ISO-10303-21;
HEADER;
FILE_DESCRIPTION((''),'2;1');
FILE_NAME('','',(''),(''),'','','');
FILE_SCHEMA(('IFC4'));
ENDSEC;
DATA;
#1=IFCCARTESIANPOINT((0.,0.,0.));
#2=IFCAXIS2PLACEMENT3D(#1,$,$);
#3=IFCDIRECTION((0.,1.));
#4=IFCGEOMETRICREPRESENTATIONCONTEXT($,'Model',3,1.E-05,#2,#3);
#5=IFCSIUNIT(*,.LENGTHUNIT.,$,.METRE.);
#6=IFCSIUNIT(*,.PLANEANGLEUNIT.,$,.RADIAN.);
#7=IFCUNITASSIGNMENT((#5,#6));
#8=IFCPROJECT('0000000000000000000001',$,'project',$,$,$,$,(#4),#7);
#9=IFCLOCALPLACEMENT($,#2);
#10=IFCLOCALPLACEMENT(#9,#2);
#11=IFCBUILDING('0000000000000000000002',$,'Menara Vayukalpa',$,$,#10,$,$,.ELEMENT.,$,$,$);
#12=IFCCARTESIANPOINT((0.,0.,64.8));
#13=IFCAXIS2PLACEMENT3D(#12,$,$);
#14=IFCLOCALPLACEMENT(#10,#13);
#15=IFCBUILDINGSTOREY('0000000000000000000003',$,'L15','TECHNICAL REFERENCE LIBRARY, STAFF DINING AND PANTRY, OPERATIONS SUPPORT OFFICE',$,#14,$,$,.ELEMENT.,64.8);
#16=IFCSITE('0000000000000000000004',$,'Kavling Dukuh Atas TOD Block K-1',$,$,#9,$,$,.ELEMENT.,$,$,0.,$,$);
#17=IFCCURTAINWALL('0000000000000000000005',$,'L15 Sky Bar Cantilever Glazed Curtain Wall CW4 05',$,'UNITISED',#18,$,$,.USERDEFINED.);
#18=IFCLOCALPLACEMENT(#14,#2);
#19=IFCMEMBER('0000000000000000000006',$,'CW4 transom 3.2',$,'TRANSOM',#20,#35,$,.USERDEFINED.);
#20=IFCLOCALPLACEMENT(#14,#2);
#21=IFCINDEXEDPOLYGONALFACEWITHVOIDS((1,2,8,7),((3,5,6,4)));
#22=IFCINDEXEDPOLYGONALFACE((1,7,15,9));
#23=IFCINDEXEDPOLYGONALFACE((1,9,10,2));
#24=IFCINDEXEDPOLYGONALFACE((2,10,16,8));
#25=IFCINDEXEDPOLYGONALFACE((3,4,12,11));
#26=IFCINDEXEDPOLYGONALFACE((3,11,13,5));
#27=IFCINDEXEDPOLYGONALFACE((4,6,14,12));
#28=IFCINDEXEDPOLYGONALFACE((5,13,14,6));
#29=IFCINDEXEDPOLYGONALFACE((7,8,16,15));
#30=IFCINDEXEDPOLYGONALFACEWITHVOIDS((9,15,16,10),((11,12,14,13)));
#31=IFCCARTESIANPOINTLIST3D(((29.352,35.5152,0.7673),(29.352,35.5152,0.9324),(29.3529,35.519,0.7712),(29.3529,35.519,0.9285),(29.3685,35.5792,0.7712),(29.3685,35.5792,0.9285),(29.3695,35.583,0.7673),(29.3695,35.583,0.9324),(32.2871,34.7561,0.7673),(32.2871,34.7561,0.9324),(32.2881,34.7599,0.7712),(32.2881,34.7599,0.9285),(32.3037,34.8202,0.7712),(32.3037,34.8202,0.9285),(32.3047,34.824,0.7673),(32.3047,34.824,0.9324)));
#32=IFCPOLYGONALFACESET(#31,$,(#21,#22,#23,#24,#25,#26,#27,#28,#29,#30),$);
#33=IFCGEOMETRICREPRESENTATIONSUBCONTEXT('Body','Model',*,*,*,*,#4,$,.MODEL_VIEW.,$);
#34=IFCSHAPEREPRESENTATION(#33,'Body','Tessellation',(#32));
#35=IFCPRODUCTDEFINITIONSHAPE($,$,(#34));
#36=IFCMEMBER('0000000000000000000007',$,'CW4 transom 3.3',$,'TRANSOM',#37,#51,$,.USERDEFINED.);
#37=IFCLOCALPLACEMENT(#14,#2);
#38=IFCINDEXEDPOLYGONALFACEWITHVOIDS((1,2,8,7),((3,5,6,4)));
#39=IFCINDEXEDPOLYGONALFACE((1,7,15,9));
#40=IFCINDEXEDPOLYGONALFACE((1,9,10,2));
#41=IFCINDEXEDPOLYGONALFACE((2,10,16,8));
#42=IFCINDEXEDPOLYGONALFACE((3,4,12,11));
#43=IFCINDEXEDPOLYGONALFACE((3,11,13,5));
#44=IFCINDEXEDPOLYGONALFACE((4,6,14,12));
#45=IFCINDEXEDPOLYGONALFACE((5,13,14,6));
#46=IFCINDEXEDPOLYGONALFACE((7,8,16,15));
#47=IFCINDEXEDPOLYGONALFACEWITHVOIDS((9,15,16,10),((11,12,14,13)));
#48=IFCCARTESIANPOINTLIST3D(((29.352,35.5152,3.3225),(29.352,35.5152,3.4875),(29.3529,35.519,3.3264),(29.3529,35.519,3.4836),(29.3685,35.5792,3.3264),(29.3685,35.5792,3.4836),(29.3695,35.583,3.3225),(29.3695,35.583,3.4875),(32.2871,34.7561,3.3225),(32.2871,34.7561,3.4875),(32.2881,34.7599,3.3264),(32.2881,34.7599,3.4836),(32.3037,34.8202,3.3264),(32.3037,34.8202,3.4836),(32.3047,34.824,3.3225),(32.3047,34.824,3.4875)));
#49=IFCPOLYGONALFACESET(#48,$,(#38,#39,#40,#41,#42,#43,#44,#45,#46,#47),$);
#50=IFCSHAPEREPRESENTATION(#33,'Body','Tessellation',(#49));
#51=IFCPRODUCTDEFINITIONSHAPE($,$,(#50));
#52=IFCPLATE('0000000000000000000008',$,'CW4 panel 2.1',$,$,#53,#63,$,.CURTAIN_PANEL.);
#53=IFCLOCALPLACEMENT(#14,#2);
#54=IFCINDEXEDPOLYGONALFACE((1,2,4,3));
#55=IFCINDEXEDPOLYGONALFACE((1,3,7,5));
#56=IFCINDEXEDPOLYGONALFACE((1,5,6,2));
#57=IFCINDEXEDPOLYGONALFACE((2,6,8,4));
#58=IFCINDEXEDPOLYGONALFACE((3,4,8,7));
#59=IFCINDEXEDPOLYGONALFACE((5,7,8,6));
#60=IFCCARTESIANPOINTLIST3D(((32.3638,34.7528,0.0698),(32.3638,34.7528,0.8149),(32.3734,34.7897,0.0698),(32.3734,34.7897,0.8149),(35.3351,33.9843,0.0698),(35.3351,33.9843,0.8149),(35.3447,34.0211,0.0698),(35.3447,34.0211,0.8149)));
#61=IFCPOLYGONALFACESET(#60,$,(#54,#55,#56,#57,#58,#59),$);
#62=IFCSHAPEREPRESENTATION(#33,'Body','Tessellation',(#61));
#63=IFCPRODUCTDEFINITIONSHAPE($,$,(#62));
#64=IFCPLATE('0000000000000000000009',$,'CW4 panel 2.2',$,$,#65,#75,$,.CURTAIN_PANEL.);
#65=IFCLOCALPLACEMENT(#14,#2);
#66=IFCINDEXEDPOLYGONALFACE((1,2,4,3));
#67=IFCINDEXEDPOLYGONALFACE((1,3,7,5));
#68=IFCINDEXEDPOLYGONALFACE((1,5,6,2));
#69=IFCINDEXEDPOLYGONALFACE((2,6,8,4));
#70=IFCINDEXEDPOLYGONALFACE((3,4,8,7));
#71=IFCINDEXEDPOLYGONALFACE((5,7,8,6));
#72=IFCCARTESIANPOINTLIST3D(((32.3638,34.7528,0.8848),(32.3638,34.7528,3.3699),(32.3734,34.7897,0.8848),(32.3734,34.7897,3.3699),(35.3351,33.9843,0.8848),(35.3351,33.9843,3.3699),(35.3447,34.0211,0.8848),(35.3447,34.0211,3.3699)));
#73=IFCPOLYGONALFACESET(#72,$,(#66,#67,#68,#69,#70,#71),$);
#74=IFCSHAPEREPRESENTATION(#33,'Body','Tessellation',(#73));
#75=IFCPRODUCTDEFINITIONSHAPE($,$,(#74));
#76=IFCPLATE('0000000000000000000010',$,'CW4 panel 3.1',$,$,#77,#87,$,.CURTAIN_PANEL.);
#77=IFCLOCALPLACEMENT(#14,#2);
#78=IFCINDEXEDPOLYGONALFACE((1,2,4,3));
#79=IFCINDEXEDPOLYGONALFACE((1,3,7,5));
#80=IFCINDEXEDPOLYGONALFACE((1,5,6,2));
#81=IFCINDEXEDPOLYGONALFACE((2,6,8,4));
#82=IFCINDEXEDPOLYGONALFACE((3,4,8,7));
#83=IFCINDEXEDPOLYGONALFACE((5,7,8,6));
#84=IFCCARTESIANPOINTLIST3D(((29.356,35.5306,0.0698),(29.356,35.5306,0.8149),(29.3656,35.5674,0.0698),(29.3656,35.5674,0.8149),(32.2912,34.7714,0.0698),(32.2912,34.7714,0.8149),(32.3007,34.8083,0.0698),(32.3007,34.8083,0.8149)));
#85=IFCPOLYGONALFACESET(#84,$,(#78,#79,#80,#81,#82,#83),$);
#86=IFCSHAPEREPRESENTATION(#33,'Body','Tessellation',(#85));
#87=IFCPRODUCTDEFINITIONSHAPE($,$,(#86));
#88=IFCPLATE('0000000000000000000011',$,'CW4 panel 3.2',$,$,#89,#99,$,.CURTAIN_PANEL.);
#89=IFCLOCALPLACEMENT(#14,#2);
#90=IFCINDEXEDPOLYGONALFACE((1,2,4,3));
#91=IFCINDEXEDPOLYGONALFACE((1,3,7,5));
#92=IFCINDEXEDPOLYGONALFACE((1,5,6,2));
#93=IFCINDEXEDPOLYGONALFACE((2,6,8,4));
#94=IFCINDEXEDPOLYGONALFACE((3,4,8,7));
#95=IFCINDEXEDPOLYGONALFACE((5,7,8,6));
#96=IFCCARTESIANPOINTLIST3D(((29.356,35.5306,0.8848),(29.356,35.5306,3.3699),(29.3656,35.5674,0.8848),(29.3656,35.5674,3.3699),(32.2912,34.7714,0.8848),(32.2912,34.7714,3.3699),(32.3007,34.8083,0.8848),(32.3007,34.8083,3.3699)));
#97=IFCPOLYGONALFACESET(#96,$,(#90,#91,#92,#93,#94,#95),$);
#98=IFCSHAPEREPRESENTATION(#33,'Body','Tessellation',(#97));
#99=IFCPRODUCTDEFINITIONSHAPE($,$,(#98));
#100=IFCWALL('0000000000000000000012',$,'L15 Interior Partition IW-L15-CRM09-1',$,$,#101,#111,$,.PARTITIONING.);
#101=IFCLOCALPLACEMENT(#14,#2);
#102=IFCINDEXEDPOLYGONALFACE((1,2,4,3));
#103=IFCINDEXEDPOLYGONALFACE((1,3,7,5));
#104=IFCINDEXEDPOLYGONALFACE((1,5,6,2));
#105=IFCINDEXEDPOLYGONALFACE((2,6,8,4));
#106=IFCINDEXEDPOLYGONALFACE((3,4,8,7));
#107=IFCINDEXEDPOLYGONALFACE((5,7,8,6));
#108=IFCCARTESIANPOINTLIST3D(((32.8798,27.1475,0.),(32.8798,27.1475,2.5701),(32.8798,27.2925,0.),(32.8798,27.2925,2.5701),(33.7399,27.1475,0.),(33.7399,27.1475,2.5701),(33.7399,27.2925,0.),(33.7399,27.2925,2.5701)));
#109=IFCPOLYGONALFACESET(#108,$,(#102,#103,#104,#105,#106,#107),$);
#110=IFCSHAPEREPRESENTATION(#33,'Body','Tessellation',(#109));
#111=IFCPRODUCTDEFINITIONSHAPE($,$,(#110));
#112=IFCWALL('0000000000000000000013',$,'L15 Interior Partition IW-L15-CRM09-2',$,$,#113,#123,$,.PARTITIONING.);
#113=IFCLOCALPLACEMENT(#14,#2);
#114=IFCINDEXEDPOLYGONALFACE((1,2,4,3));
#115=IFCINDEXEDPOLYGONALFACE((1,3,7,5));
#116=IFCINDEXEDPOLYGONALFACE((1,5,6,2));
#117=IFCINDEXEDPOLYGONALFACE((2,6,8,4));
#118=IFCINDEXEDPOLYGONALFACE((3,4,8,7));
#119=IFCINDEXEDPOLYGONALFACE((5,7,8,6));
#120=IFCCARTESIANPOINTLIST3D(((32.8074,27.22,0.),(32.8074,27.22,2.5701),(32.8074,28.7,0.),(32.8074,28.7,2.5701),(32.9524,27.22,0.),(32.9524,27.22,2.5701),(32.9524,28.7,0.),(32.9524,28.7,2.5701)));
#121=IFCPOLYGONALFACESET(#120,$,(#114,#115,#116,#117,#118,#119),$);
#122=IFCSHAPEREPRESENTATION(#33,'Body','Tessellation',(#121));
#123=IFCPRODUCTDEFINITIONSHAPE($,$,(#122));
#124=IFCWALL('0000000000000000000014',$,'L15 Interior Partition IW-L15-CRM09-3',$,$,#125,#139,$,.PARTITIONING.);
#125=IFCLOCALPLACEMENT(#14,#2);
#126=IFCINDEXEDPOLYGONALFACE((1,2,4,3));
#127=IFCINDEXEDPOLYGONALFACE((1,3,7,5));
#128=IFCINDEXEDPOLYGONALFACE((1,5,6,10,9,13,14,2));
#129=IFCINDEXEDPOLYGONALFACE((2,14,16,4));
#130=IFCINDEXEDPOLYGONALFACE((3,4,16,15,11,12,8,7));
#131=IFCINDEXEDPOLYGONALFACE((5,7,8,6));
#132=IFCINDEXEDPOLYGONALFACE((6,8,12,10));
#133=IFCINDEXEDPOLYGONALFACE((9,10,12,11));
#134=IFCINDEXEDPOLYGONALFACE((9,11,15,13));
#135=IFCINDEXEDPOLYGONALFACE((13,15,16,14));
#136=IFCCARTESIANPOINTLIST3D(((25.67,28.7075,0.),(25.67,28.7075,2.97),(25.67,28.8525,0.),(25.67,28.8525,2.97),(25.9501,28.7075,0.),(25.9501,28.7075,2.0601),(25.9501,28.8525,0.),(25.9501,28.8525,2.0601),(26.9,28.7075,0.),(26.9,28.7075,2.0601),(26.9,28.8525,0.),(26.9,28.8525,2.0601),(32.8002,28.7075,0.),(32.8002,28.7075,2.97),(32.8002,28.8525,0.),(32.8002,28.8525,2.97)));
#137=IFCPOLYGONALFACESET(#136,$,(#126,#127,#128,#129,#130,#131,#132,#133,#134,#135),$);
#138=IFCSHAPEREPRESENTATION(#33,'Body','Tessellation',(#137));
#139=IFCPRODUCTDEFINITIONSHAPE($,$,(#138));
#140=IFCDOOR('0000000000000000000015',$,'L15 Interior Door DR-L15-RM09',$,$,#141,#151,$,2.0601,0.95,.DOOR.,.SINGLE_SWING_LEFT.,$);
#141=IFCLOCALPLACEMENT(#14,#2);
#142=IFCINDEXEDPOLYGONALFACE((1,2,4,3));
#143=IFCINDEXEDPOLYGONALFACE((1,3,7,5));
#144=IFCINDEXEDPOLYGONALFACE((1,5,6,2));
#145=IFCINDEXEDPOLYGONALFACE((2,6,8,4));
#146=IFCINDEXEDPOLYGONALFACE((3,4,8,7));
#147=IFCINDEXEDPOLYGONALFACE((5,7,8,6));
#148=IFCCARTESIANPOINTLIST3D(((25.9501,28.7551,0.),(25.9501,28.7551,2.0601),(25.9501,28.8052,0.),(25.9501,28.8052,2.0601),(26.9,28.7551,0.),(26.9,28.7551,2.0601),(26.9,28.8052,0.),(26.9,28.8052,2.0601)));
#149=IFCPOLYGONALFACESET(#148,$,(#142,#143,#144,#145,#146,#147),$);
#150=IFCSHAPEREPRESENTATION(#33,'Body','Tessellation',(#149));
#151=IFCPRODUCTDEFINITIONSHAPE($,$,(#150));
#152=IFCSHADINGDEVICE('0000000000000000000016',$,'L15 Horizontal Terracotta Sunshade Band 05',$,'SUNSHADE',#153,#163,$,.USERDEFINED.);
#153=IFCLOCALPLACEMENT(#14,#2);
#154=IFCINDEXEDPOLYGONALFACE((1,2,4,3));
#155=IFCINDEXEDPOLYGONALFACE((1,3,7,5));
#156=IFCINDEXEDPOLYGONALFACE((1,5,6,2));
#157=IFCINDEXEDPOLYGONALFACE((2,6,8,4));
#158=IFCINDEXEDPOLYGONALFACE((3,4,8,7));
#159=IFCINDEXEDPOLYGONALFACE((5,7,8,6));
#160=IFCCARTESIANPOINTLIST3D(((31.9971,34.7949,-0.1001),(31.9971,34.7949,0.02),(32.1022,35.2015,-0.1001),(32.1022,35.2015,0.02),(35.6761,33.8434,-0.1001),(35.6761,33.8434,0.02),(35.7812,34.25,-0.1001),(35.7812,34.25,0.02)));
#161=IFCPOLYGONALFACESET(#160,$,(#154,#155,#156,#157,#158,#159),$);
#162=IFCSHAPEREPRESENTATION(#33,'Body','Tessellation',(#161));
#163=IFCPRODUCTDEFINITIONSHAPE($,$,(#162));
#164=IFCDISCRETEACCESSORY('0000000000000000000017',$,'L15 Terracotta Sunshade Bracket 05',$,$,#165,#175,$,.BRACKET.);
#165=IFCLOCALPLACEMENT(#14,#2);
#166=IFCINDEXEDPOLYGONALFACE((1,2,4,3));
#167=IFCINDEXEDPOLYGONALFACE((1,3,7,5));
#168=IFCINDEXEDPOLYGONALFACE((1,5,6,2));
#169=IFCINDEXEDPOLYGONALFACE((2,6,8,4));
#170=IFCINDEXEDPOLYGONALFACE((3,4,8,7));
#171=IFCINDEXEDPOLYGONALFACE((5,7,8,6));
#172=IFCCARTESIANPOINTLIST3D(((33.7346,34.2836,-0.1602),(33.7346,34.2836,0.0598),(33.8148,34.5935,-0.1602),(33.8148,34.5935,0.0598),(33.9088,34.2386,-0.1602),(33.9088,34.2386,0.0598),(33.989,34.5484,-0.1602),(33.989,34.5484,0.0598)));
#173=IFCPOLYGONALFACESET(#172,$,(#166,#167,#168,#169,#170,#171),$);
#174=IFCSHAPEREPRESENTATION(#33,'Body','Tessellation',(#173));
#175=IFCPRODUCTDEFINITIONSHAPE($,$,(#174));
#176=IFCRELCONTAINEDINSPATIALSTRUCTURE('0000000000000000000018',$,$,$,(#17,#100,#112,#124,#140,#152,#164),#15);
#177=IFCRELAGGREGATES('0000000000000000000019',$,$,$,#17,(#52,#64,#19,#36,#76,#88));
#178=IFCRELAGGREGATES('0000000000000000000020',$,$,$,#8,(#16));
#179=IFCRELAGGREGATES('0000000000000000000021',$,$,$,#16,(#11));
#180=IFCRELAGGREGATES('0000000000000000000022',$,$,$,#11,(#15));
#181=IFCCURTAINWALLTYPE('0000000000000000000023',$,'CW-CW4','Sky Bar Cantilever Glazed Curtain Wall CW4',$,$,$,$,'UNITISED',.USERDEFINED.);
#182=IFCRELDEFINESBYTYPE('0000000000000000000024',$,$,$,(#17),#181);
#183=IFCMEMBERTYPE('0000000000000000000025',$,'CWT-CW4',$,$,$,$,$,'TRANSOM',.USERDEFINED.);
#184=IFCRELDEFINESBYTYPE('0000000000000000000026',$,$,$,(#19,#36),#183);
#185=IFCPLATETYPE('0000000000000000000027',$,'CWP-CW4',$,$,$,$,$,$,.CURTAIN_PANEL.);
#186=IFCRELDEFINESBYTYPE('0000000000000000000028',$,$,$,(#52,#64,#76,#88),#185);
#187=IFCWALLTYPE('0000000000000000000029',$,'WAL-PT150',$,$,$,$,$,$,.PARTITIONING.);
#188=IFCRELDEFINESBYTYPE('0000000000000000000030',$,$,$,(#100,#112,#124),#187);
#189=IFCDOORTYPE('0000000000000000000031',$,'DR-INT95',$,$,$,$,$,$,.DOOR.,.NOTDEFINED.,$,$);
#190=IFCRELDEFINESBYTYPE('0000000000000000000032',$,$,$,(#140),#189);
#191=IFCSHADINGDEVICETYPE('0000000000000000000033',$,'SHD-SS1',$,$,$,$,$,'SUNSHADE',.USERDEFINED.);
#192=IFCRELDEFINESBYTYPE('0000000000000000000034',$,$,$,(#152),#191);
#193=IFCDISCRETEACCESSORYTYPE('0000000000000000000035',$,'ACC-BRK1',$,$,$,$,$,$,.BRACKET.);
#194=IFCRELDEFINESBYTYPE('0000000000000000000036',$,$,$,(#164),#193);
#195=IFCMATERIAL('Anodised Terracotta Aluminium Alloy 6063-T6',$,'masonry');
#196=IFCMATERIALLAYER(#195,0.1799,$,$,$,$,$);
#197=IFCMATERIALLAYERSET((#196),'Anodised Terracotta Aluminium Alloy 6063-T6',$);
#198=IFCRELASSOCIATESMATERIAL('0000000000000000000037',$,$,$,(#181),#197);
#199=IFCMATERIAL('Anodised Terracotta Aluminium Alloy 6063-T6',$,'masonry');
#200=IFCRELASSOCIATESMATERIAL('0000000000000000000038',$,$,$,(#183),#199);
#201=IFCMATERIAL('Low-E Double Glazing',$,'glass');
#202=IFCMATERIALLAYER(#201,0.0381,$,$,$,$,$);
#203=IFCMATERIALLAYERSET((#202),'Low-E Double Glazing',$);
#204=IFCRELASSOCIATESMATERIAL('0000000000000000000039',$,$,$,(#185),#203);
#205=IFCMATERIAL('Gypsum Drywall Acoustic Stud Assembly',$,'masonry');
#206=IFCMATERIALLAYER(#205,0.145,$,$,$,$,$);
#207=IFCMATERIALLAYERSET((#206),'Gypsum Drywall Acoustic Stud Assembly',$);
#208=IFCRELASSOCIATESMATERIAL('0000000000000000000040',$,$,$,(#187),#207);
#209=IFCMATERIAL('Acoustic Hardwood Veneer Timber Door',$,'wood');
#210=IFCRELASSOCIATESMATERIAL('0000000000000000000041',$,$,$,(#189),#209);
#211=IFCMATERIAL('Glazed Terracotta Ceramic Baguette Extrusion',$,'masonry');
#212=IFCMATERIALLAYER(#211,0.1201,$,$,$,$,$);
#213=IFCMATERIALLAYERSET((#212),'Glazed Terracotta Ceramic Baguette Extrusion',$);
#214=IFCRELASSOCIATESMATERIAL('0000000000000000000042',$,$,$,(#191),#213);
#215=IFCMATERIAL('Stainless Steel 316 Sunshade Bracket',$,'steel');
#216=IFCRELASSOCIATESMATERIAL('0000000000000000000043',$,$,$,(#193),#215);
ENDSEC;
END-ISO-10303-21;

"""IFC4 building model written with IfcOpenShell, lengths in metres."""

from ifc_helpers import new_model, si_unit, direction, frame, frame_2d, origin, origin_2d, place, context, subcontext, project, spatial, rectangle, hollow_rectangle, extrude, material, layer, layer_set, material_profile, profile_set, type_object, element, fill, aggregate, save


model = new_model("IFC4")

# Units and contexts
model_context = context("Model", 3, precision=1e-05, world=origin(), true_north=direction((0.0, 1.0)))
body_context = subcontext(model_context, "Body", "Model", "MODEL_VIEW")
ifc_project = project(units=[si_unit("LENGTHUNIT", "METRE"), si_unit("PLANEANGLEUNIT", "RADIAN")], contexts=[model_context])

# Site, building, storey
site_placement = place(None, origin())
site = spatial("IfcSite", under=ifc_project, at=site_placement, Name="Kavling Dukuh Atas TOD Block K-1", CompositionType="ELEMENT", RefElevation=0.0)
building_placement = place(site_placement, origin())
building = spatial("IfcBuilding", under=site, at=building_placement, Name="Menara Vayukalpa", CompositionType="ELEMENT")
storey_placement = place(building_placement, frame((0.0, 0.0, 64.8)))
storey = spatial("IfcBuildingStorey", under=building, at=storey_placement, Name="L15", Description="TECHNICAL REFERENCE LIBRARY, STAFF DINING AND PANTRY, OPERATIONS SUPPORT OFFICE", CompositionType="ELEMENT", Elevation=64.8)

# Curtain wall, members, plates
ifc_material_1 = material(Name="Anodised Terracotta Aluminium Alloy 6063-T6", Category="masonry")
ifc_layer_1 = layer(ifc_material_1, 0.1799)
ifc_layer_set_1 = layer_set([ifc_layer_1], Name="Anodised Terracotta Aluminium Alloy 6063-T6")
curtain_wall_type = type_object("IfcCurtainWallType", Name="CW-CW4", Description="Sky Bar Cantilever Glazed Curtain Wall CW4", ElementType="UNITISED", PredefinedType="USERDEFINED", material=ifc_layer_set_1)
curtain_wall_placement = place(storey_placement, origin())
curtain_wall = element("IfcCurtainWall", 1, at=curtain_wall_placement, inside=storey, type_object=curtain_wall_type, Name="L15 Sky Bar Cantilever Glazed Curtain Wall CW4 05", ObjectType="UNITISED", PredefinedType="USERDEFINED")
ifc_material_2 = material(Name="Anodised Terracotta Aluminium Alloy 6063-T6", Category="masonry")
ifc_material_profile_1 = material_profile(ifc_material_2, hollow_rectangle(XDim=0.0701, YDim=0.165, WallThickness=0.0039, at=origin_2d()), Name="ALU 70x165x4")
ifc_profile_set_1 = profile_set([ifc_material_profile_1], Name="Anodised Terracotta Aluminium Alloy 6063-T6")
member_type_1 = type_object("IfcMemberType", Name="CWT-CW4", ElementType="TRANSOM", PredefinedType="USERDEFINED", material=ifc_profile_set_1)
member_1_placement = place(storey_placement, frame((32.2959, 34.79, 0.8499), z_axis=(-0.96815, 0.250372, 0.0), x_axis=(-0.250372, -0.96815, 0.0)))
member_1 = element("IfcMember", 2, at=member_1_placement, type_object=member_type_1, Name="CW4 transom 3.2", ObjectType="TRANSOM", PredefinedType="USERDEFINED", context=body_context, shape_type="SweptSolid", body=[
    extrude(hollow_rectangle(XDim=0.0701, YDim=0.165, WallThickness=0.0039, at=origin_2d()), origin(), (0.0, 0.0, 1.0), 3.0317),
])
member_2_placement = place(storey_placement, frame((32.2959, 34.79, 3.405), z_axis=(-0.96815, 0.250372, 0.0), x_axis=(-0.250372, -0.96815, 0.0)))
member_2 = element("IfcMember", 3, at=member_2_placement, type_object=member_type_1, Name="CW4 transom 3.3", ObjectType="TRANSOM", PredefinedType="USERDEFINED", context=body_context, shape_type="SweptSolid", body=[
    extrude(hollow_rectangle(XDim=0.0701, YDim=0.165, WallThickness=0.0039, at=origin_2d()), origin(), (0.0, 0.0, 1.0), 3.0317),
])
ifc_material_3 = material(Name="Low-E Double Glazing", Category="glass")
ifc_layer_2 = layer(ifc_material_3, 0.0381)
ifc_layer_set_2 = layer_set([ifc_layer_2], Name="Low-E Double Glazing")
plate_type = type_object("IfcPlateType", Name="CWP-CW4", PredefinedType="CURTAIN_PANEL", material=ifc_layer_set_2)
plate_1_placement = place(storey_placement, frame((33.8542, 34.387, 0.0698), z_axis=(0.0, 0.0, 1.0), x_axis=(-0.968142, 0.250403, 0.0)))
plate_1 = element("IfcPlate", 4, at=plate_1_placement, type_object=plate_type, Name="CW4 panel 2.1", PredefinedType="CURTAIN_PANEL", context=body_context, shape_type="SweptSolid", body=[
    extrude(rectangle(XDim=3.0691, YDim=0.0381, at=origin_2d()), origin(), (0.0, 0.0, 1.0), 0.7451),
])
plate_2_placement = place(storey_placement, frame((33.8542, 34.387, 0.8848), z_axis=(0.0, 0.0, 1.0), x_axis=(-0.968142, 0.250403, 0.0)))
plate_2 = element("IfcPlate", 5, at=plate_2_placement, type_object=plate_type, Name="CW4 panel 2.2", PredefinedType="CURTAIN_PANEL", context=body_context, shape_type="SweptSolid", body=[
    extrude(rectangle(XDim=3.0691, YDim=0.0381, at=origin_2d()), origin(), (0.0, 0.0, 1.0), 2.4851),
])
plate_3_placement = place(storey_placement, frame((30.8284, 35.1694, 0.0698), z_axis=(0.0, 0.0, 1.0), x_axis=(-0.968142, 0.250403, 0.0)))
plate_3 = element("IfcPlate", 6, at=plate_3_placement, type_object=plate_type, Name="CW4 panel 3.1", PredefinedType="CURTAIN_PANEL", context=body_context, shape_type="SweptSolid", body=[
    extrude(rectangle(XDim=3.0317, YDim=0.0381, at=origin_2d()), origin(), (0.0, 0.0, 1.0), 0.7451),
])
plate_4_placement = place(storey_placement, frame((30.8284, 35.1694, 0.8848), z_axis=(0.0, 0.0, 1.0), x_axis=(-0.968142, 0.250403, 0.0)))
plate_4 = element("IfcPlate", 7, at=plate_4_placement, type_object=plate_type, Name="CW4 panel 3.2", PredefinedType="CURTAIN_PANEL", context=body_context, shape_type="SweptSolid", body=[
    extrude(rectangle(XDim=3.0317, YDim=0.0381, at=origin_2d()), origin(), (0.0, 0.0, 1.0), 2.4851),
])
aggregate(curtain_wall, [plate_1, plate_2, member_1, member_2, plate_3, plate_4])

# Walls
ifc_material_4 = material(Name="Gypsum Drywall Acoustic Stud Assembly", Category="masonry")
ifc_layer_3 = layer(ifc_material_4, 0.145)
ifc_layer_set_3 = layer_set([ifc_layer_3], Name="Gypsum Drywall Acoustic Stud Assembly")
wall_type = type_object("IfcWallType", Name="WAL-PT150", PredefinedType="PARTITIONING", material=ifc_layer_set_3)
wall_1_placement = place(storey_placement, frame((33.74, 27.22, 0.0), z_axis=(0.0, 0.0, 1.0), x_axis=(-1.0, 0.0, 0.0)))
element("IfcWall", 8, at=wall_1_placement, inside=storey, type_object=wall_type, Name="L15 Interior Partition IW-L15-CRM09-1", PredefinedType="PARTITIONING", context=body_context, shape_type="SweptSolid", body=[
    extrude(rectangle(XDim=0.8601, YDim=0.145, at=frame_2d((0.4302, 0.0))), origin(), (0.0, 0.0, 1.0), 2.5701),
])
wall_2_placement = place(storey_placement, frame((32.8799, 27.22, 0.0), z_axis=(0.0, 0.0, 1.0), x_axis=(0.0, 1.0, 0.0)))
element("IfcWall", 9, at=wall_2_placement, inside=storey, type_object=wall_type, Name="L15 Interior Partition IW-L15-CRM09-2", PredefinedType="PARTITIONING", context=body_context, shape_type="SweptSolid", body=[
    extrude(rectangle(XDim=1.48, YDim=0.145, at=frame_2d((0.74, 0.0))), origin(), (0.0, 0.0, 1.0), 2.5701),
])

# Wall, opening, door
wall_3_placement = place(storey_placement, frame((32.8, 28.78, 0.0), z_axis=(0.0, 0.0, 1.0), x_axis=(-1.0, 0.0, 0.0)))
wall_3 = element("IfcWall", 10, at=wall_3_placement, inside=storey, type_object=wall_type, Name="L15 Interior Partition IW-L15-CRM09-3", PredefinedType="PARTITIONING", context=body_context, shape_type="SweptSolid", body=[
    extrude(rectangle(XDim=7.1301, YDim=0.145, at=frame_2d((3.5649, 0.0))), origin(), (0.0, 0.0, 1.0), 2.97),
])
opening_placement = place(wall_3_placement, frame((5.8999, 0.0, 0.0)))
opening = element("IfcOpeningElement", 11, at=opening_placement, cuts=wall_3, PredefinedType="OPENING", context=body_context, shape_type="SweptSolid", body=[
    extrude(rectangle(XDim=0.95, YDim=2.0601, at=frame_2d((0.4751, 1.03))), frame((0.0, 0.0825, 0.0), z_axis=(0.0, -1.0, 0.0), x_axis=(1.0, 0.0, 0.0)), (0.0, 0.0, 1.0), 0.165),
])
ifc_material_5 = material(Name="Acoustic Hardwood Veneer Timber Door", Category="wood")
door_type = type_object("IfcDoorType", Name="DR-INT95", OperationType="NOTDEFINED", PredefinedType="DOOR", material=ifc_material_5)
door_placement = place(opening_placement, origin())
door = element("IfcDoor", 12, at=door_placement, inside=storey, type_object=door_type, Name="L15 Interior Door DR-L15-RM09", OperationType="SINGLE_SWING_LEFT", OverallHeight=2.0601, OverallWidth=0.95, PredefinedType="DOOR", context=body_context, shape_type="SweptSolid", body=[
    extrude(rectangle(XDim=0.95, YDim=2.0601, at=frame_2d((0.4751, 1.03))), frame((0.0, 0.0249, 0.0), z_axis=(0.0, -1.0, 0.0), x_axis=(1.0, 0.0, 0.0)), (0.0, 0.0, 1.0), 0.05),
])
fill(opening, door)

# Shading device
ifc_material_6 = material(Name="Glazed Terracotta Ceramic Baguette Extrusion", Category="masonry")
ifc_layer_4 = layer(ifc_material_6, 0.1201)
ifc_layer_set_4 = layer_set([ifc_layer_4], Name="Glazed Terracotta Ceramic Baguette Extrusion")
shading_device_type = type_object("IfcShadingDeviceType", Name="SHD-SS1", ElementType="SUNSHADE", PredefinedType="USERDEFINED", material=ifc_layer_set_4)
shading_device_placement = place(storey_placement, frame((33.8892, 34.5225, -0.1001), z_axis=(0.0, 0.0, 1.0), x_axis=(-0.968143, 0.250397, 0.0)))
element("IfcShadingDevice", 13, at=shading_device_placement, inside=storey, type_object=shading_device_type, Name="L15 Horizontal Terracotta Sunshade Band 05", ObjectType="SUNSHADE", PredefinedType="USERDEFINED", context=body_context, shape_type="SweptSolid", body=[
    extrude(rectangle(XDim=3.8, YDim=0.4199, at=origin_2d()), origin(), (0.0, 0.0, 1.0), 0.1201),
])

# Discrete accessory
ifc_material_7 = material(Name="Stainless Steel 316 Sunshade Bracket", Category="steel")
discrete_accessory_type = type_object("IfcDiscreteAccessoryType", Name="ACC-BRK1", PredefinedType="BRACKET", material=ifc_material_7)
discrete_accessory_placement = place(storey_placement, frame((33.8618, 34.416, -0.1602), z_axis=(0.0, 0.0, 1.0), x_axis=(-0.968143, 0.250397, 0.0)))
element("IfcDiscreteAccessory", 14, at=discrete_accessory_placement, inside=storey, type_object=discrete_accessory_type, Name="L15 Terracotta Sunshade Bracket 05", PredefinedType="BRACKET", context=body_context, shape_type="SweptSolid", body=[
    extrude(rectangle(XDim=0.1799, YDim=0.3201, at=origin_2d()), origin(), (0.0, 0.0, 1.0), 0.22),
])

save(model, "model.ifc")
